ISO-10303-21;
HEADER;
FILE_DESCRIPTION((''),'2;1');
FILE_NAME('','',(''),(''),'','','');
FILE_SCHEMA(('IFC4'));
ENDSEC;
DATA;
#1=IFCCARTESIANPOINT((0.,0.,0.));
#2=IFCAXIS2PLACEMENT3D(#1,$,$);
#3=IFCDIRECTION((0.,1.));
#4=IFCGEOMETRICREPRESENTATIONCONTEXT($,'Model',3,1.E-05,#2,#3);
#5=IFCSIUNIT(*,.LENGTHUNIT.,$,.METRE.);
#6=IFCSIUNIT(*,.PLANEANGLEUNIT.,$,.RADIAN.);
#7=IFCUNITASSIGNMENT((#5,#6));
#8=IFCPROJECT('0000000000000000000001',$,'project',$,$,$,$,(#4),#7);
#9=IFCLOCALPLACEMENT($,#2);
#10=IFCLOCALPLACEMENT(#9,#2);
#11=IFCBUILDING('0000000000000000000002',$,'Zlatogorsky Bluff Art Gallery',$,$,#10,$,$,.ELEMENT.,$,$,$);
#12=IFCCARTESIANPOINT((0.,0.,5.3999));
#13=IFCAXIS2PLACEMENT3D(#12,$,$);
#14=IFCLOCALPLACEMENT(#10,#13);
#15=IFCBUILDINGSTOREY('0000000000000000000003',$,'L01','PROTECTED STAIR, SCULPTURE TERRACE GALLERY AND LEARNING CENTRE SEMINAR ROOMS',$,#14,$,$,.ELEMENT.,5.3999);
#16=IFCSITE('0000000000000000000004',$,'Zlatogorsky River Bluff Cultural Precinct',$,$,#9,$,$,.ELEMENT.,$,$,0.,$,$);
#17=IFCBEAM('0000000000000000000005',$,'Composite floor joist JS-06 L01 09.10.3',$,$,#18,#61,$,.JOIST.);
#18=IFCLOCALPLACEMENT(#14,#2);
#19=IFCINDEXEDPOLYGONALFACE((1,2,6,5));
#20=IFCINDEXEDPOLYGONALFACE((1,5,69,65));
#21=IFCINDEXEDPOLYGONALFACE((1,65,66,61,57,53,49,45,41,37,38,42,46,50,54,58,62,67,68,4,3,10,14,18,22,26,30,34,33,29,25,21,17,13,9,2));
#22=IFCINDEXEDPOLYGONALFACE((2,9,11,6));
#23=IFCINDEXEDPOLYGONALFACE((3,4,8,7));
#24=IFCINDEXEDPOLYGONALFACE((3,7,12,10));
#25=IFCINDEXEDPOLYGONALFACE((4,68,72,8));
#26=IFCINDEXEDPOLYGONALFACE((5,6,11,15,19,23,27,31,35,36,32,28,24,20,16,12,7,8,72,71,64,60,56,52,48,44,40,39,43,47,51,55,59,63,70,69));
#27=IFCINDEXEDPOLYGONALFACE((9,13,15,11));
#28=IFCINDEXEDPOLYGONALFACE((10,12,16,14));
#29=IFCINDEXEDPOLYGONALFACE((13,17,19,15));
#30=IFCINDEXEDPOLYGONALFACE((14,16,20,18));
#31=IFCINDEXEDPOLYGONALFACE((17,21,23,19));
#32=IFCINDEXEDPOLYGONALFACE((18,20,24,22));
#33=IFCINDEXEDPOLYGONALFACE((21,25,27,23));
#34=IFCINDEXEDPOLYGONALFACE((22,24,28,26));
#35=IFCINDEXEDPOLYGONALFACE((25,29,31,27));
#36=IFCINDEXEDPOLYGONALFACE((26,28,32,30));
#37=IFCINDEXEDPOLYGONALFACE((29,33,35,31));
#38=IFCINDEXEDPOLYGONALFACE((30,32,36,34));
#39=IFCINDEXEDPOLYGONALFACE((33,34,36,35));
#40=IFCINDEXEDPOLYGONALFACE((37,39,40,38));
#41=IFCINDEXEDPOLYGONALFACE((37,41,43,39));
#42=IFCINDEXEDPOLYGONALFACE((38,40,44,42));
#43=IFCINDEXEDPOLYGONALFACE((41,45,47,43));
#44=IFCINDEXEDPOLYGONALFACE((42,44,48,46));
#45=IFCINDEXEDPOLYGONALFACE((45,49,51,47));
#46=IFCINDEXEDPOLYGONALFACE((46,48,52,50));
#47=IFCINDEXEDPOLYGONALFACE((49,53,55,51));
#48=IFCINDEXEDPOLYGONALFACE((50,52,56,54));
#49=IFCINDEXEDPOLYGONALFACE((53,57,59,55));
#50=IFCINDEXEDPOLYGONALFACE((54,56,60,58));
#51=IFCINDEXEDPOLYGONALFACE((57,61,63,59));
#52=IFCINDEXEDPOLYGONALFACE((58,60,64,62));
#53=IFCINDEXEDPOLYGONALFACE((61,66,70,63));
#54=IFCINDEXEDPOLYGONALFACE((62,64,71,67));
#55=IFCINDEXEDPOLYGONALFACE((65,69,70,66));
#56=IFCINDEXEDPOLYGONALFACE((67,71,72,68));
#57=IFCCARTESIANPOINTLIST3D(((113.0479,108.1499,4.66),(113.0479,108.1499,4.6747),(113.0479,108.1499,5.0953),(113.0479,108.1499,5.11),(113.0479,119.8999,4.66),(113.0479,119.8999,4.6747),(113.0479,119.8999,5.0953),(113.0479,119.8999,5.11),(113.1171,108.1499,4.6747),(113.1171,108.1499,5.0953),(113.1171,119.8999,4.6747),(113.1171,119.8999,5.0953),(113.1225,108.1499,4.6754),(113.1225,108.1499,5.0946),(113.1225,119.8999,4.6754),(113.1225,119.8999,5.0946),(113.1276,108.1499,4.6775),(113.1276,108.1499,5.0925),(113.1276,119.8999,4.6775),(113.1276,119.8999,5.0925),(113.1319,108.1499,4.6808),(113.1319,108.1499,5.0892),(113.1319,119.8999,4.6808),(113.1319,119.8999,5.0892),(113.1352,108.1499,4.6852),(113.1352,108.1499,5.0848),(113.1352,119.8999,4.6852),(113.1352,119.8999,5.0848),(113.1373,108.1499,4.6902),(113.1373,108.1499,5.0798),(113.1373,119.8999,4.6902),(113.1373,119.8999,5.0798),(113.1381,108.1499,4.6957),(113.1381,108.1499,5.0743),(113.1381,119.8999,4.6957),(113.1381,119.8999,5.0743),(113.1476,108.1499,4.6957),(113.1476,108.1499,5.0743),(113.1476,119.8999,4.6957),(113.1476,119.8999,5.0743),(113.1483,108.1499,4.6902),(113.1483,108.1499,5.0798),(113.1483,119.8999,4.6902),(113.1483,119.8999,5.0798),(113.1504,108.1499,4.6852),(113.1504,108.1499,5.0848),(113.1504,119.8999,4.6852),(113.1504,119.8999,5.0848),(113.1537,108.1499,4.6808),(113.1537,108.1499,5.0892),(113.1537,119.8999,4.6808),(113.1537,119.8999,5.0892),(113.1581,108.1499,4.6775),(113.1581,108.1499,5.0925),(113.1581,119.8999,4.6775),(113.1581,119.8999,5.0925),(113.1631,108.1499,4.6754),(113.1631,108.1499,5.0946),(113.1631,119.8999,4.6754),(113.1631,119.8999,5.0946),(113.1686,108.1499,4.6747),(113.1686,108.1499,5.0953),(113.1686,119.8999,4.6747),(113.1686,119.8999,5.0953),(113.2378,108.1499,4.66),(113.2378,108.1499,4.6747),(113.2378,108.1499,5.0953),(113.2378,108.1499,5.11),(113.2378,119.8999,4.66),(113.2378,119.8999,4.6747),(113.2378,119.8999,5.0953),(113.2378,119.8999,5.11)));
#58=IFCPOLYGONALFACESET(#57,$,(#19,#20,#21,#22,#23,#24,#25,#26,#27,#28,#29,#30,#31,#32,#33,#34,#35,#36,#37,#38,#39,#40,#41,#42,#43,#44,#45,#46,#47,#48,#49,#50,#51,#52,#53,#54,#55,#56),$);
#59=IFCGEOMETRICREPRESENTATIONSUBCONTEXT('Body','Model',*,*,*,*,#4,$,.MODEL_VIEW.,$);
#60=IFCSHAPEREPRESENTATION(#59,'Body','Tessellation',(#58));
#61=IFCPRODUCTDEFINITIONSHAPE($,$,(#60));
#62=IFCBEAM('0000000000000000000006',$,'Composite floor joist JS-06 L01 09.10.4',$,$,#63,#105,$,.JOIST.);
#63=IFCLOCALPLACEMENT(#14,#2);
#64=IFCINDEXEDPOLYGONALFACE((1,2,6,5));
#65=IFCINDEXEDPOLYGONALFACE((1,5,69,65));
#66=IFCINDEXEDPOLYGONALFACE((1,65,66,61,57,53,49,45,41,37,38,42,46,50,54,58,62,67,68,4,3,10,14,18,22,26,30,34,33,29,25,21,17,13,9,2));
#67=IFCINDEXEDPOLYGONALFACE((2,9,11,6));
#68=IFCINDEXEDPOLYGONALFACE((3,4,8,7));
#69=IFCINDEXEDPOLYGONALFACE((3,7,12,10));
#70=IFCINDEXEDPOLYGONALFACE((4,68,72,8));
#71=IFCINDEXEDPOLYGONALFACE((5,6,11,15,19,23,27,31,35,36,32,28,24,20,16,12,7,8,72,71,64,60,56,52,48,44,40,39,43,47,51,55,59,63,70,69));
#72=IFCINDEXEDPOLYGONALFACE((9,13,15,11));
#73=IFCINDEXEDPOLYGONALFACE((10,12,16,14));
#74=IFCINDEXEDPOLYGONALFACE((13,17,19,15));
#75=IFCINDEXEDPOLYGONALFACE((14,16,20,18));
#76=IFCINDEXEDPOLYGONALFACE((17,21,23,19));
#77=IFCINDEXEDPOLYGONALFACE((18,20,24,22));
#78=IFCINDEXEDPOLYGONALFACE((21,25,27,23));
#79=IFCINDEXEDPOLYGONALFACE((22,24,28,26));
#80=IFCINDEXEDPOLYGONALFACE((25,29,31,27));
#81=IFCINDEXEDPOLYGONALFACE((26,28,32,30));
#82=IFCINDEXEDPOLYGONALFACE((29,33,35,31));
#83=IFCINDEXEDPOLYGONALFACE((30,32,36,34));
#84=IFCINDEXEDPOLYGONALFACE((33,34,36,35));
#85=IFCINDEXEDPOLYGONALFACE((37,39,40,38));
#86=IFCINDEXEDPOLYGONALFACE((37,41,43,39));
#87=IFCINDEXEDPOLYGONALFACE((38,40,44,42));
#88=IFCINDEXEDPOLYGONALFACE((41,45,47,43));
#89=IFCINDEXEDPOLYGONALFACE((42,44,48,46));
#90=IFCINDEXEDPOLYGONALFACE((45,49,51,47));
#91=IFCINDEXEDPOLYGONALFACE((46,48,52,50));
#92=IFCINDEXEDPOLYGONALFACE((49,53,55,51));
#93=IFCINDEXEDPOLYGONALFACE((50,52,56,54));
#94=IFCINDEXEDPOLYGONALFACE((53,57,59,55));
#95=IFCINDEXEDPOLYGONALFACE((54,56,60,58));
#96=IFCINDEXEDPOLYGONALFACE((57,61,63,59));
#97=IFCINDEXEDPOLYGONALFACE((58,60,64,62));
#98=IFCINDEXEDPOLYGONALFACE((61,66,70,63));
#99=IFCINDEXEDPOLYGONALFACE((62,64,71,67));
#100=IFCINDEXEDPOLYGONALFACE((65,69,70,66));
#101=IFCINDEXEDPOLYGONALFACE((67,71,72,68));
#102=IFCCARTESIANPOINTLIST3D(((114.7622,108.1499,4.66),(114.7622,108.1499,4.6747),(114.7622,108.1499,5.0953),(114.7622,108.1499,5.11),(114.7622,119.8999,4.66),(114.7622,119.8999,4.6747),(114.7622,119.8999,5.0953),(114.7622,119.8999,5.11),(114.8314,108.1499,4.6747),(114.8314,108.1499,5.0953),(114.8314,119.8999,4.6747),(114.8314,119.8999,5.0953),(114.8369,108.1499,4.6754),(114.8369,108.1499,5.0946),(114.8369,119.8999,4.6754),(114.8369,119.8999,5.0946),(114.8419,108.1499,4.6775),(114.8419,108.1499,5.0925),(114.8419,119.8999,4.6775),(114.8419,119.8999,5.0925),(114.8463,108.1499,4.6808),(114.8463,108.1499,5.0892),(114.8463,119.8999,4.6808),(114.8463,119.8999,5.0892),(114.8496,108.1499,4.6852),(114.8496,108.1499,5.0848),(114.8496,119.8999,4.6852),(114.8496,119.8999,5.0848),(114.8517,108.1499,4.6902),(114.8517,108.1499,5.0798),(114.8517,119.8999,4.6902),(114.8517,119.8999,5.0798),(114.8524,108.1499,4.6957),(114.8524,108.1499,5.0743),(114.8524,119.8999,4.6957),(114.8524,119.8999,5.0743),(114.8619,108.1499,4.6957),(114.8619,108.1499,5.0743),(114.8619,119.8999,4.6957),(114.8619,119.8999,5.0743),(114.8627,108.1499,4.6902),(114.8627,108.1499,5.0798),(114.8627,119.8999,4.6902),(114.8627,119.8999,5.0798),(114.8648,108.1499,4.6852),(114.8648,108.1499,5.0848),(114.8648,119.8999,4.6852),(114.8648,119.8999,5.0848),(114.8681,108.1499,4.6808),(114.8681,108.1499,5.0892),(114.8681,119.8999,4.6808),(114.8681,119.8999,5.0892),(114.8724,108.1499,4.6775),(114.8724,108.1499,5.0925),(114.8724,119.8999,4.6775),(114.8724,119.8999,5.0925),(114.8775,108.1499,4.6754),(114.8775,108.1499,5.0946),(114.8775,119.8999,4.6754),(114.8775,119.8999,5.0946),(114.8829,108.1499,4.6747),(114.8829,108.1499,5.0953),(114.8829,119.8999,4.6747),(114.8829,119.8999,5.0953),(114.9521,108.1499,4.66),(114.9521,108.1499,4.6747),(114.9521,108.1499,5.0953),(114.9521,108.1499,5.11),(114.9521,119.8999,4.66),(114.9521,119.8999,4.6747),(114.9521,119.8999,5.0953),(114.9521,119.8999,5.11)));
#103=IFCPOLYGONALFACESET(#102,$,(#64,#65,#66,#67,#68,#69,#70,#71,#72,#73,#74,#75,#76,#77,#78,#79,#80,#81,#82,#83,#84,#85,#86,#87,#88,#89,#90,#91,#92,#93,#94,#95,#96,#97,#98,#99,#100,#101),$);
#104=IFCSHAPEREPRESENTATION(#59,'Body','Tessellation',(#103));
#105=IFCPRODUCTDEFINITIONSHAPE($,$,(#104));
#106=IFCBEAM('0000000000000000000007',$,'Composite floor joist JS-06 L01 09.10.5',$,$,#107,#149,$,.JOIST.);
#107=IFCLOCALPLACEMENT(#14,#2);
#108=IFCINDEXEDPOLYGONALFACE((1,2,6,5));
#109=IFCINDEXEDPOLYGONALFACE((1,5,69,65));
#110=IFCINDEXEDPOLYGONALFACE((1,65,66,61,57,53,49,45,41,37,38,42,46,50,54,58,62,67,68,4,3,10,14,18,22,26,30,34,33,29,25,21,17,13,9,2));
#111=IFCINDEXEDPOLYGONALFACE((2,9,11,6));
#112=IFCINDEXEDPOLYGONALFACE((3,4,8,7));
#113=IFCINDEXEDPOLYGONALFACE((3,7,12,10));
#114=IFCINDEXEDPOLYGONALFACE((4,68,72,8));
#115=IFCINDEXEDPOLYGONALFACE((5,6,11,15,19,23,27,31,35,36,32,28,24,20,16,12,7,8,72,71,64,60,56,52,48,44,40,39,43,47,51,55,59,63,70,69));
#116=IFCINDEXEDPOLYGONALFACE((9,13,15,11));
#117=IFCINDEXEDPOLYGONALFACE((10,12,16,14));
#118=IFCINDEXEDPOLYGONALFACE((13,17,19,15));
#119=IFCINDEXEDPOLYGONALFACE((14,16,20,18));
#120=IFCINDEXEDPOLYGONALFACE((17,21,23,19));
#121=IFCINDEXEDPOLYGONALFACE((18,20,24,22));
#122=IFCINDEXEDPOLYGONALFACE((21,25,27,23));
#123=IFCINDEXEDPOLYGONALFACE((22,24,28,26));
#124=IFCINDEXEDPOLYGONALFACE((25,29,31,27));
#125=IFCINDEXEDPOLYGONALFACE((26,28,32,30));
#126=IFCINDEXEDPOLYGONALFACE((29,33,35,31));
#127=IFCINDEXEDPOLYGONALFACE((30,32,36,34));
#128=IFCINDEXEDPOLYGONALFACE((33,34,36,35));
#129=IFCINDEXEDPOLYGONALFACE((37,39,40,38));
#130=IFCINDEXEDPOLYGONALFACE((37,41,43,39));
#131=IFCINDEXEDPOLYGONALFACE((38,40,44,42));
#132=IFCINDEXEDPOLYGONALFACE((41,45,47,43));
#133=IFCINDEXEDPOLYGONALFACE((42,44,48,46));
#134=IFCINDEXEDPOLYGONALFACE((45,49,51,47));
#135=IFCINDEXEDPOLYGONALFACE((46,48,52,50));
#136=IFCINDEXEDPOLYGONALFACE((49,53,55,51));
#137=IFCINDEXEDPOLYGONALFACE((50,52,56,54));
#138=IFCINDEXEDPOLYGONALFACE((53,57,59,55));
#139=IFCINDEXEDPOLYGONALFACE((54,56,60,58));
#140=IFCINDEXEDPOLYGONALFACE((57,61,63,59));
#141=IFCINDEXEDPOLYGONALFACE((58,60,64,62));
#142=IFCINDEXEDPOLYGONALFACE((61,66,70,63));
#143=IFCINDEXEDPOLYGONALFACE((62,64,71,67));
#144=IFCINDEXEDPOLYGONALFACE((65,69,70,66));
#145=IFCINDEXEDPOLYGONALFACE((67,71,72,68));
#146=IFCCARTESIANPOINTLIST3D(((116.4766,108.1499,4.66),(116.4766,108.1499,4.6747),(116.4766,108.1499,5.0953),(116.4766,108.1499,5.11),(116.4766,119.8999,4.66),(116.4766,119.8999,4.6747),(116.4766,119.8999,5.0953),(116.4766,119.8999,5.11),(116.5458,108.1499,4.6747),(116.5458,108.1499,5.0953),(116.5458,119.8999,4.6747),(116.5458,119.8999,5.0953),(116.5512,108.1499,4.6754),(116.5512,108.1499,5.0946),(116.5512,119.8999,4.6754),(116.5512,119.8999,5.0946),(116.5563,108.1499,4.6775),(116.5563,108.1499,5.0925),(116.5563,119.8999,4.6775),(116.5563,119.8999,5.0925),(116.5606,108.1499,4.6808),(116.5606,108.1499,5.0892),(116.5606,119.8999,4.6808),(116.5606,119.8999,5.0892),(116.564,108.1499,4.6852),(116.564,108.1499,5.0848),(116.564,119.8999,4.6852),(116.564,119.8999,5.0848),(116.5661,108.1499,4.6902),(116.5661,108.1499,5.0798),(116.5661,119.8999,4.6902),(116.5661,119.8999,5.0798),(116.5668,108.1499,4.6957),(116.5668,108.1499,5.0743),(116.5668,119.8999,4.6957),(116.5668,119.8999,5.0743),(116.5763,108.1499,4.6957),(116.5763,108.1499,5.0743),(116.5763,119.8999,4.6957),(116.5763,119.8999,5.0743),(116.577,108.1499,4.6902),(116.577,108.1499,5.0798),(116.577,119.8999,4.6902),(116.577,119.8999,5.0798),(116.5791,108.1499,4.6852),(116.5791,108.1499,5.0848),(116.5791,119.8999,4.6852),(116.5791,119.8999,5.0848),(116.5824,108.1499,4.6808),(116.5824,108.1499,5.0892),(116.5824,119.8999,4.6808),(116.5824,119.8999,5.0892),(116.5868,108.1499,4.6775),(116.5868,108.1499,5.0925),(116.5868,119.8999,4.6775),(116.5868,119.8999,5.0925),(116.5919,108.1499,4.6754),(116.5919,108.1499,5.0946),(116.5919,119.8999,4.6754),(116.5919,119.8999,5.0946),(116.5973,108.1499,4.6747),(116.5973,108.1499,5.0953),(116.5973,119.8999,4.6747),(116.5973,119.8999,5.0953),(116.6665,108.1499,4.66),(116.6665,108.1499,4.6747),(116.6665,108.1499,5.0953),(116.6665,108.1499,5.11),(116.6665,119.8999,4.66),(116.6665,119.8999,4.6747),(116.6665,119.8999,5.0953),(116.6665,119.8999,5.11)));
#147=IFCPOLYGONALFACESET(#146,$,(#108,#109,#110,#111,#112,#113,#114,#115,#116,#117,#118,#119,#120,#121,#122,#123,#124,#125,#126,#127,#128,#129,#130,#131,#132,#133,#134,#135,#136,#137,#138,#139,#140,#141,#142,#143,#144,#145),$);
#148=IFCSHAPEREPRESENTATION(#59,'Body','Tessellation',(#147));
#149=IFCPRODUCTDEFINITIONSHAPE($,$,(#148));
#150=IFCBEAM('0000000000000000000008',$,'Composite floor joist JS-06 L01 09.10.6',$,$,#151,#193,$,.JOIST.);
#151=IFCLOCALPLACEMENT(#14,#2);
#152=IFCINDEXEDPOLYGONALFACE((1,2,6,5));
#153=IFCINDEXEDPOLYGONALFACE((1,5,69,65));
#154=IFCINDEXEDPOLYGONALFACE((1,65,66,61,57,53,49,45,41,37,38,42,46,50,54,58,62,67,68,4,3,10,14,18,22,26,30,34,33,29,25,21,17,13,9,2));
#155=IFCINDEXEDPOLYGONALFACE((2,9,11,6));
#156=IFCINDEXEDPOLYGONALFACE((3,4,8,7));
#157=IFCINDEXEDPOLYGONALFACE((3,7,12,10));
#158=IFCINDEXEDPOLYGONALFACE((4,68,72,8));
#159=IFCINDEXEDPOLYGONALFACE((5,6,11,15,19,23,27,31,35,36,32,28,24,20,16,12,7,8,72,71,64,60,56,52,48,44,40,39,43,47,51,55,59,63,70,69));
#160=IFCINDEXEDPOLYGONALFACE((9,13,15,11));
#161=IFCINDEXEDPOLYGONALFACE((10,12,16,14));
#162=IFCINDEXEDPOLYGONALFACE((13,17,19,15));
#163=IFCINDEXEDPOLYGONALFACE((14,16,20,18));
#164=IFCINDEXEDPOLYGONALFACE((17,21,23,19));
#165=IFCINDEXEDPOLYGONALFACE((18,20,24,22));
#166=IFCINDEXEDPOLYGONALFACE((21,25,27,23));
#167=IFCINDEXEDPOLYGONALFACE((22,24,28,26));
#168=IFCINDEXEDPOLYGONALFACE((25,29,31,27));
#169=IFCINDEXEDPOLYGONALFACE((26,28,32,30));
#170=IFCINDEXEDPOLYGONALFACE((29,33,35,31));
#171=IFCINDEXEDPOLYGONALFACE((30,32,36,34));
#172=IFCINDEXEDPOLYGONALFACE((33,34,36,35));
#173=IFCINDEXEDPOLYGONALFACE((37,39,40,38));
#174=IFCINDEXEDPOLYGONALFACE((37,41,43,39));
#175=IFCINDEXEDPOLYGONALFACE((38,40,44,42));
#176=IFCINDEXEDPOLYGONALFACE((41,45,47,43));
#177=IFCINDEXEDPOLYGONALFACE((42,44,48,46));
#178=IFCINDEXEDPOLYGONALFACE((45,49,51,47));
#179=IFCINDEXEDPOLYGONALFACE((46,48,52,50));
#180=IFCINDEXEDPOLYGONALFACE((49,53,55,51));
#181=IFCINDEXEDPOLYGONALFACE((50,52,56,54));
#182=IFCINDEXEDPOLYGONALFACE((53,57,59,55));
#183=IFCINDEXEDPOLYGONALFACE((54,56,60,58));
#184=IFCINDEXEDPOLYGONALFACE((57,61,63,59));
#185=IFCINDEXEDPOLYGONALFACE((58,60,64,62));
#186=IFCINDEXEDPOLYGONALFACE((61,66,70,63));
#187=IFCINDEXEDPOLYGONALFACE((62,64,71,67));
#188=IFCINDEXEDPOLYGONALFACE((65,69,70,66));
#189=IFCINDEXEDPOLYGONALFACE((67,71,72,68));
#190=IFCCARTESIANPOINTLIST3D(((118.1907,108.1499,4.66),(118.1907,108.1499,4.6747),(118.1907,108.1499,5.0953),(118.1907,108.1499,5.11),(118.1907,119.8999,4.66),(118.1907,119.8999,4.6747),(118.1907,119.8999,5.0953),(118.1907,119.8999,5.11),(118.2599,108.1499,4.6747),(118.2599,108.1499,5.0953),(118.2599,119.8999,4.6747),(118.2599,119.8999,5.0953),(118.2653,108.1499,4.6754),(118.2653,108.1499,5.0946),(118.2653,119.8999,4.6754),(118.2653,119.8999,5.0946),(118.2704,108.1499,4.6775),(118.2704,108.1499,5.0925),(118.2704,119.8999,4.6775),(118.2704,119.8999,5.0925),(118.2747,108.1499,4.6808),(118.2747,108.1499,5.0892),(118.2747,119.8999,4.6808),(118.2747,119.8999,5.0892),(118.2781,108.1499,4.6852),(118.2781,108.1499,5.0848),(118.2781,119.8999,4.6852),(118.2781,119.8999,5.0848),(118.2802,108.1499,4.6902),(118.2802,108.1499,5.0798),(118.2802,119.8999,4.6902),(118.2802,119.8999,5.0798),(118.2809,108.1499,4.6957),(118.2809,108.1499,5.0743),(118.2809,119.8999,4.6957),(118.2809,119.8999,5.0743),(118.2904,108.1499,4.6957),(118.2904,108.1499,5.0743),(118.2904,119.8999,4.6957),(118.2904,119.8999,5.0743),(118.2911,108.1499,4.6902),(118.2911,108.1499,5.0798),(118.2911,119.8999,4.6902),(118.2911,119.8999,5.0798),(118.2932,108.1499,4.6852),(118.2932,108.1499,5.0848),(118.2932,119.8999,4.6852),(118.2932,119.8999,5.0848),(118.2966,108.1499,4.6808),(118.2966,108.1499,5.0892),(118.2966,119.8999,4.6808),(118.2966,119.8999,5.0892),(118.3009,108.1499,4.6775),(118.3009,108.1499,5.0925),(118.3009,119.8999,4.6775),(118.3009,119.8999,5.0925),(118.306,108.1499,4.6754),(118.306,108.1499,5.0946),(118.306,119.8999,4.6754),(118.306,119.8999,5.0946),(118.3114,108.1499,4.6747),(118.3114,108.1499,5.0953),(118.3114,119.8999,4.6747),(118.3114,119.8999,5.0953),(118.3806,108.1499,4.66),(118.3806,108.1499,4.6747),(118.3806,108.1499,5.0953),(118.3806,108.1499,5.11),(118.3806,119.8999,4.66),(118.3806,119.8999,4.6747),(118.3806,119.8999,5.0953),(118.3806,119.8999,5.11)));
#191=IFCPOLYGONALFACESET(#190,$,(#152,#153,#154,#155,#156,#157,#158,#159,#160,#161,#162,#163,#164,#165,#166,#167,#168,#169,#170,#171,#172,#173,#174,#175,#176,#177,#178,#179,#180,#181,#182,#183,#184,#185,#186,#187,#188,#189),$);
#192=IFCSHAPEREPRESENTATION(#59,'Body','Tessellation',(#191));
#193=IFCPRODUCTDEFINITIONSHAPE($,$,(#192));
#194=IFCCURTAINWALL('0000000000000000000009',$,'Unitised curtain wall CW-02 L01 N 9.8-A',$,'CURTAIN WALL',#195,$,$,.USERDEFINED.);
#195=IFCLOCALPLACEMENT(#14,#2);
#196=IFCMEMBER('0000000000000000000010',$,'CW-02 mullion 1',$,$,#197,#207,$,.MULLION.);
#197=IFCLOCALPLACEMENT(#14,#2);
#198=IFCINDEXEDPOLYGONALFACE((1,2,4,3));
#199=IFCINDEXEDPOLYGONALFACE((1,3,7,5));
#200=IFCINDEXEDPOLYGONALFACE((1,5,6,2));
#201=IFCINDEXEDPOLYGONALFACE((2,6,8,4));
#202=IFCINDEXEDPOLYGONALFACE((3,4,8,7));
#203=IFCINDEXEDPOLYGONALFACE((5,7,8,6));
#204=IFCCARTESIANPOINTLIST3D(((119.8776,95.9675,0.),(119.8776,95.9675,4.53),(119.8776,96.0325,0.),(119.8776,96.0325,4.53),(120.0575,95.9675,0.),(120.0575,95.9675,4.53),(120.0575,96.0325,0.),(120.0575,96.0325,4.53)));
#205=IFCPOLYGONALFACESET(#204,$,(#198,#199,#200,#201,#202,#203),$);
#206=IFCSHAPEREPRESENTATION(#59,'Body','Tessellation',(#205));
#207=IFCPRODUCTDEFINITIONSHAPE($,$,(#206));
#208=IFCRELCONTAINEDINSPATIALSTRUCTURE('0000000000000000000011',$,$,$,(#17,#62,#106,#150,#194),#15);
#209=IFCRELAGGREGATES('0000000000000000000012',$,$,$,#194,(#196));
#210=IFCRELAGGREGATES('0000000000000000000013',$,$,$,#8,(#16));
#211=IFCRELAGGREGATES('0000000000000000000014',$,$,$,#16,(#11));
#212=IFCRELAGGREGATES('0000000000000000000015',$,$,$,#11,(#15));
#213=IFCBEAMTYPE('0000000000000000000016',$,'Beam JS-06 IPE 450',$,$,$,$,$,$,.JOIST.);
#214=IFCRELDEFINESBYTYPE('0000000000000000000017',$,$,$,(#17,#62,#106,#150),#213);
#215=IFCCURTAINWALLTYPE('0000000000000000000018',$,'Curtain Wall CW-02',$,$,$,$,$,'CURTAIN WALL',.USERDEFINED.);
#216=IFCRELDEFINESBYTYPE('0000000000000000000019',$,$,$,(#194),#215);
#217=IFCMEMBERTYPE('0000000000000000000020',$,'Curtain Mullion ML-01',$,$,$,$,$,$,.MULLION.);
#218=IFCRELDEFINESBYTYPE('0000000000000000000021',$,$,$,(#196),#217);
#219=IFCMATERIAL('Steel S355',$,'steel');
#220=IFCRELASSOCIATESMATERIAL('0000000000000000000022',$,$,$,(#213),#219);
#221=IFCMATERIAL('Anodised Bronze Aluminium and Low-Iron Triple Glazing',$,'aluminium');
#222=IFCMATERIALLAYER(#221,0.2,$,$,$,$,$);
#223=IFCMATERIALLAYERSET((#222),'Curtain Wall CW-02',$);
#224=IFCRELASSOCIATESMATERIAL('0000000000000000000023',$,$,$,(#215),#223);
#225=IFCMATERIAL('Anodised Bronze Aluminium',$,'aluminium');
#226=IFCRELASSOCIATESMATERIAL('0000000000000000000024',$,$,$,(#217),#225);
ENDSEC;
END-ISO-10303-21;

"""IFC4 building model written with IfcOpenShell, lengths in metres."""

from ifc_helpers import new_model, si_unit, direction, frame, origin, origin_2d, place, context, subcontext, project, spatial, rectangle, i_section, extrude, material, layer, layer_set, material_profile, profile_set, type_object, element, aggregate, save


model = new_model("IFC4")

# Units and contexts
model_context = context("Model", 3, precision=1e-05, world=origin(), true_north=direction((0.0, 1.0)))
body_context = subcontext(model_context, "Body", "Model", "MODEL_VIEW")
ifc_project = project(units=[si_unit("LENGTHUNIT", "METRE"), si_unit("PLANEANGLEUNIT", "RADIAN")], contexts=[model_context])

# Site, building, storey
site_placement = place(None, origin())
site = spatial("IfcSite", under=ifc_project, at=site_placement, Name="Zlatogorsky River Bluff Cultural Precinct", CompositionType="ELEMENT", RefElevation=0.0)
building_placement = place(site_placement, origin())
building = spatial("IfcBuilding", under=site, at=building_placement, Name="Zlatogorsky Bluff Art Gallery", CompositionType="ELEMENT")
storey_placement = place(building_placement, frame((0.0, 0.0, 5.3999)))
storey = spatial("IfcBuildingStorey", under=building, at=storey_placement, Name="L01", Description="PROTECTED STAIR, SCULPTURE TERRACE GALLERY AND LEARNING CENTRE SEMINAR ROOMS", CompositionType="ELEMENT", Elevation=5.3999)

# Beams
ifc_material_1 = material(Name="Steel S355", Category="steel")
ifc_material_profile_1 = material_profile(ifc_material_1, i_section(OverallWidth=0.1899, OverallDepth=0.45, WebThickness=0.0095, FlangeThickness=0.0146, FilletRadius=0.021, at=origin_2d()), Name="IPE 450")
ifc_profile_set_1 = profile_set([ifc_material_profile_1], Name="Steel S355")
beam_type = type_object("IfcBeamType", Name="Beam JS-06 IPE 450", PredefinedType="JOIST", material=ifc_profile_set_1)
for number, where, z_axis, x_axis, name in (
    (1, (113.1428, 108.1499, 4.885), (0.0, 1.0, 0.0), (-1.0, 0.0, 0.0), "Composite floor joist JS-06 L01 09.10.3"),
    (2, (114.8572, 108.1499, 4.885), (0.0, 1.0, 0.0), (-1.0, 0.0, 0.0), "Composite floor joist JS-06 L01 09.10.4"),
    (3, (116.5715, 108.1499, 4.885), (0.0, 1.0, 0.0), (-1.0, 0.0, 0.0), "Composite floor joist JS-06 L01 09.10.5"),
    (4, (118.2856, 108.1499, 4.885), (0.0, 1.0, 0.0), (-1.0, 0.0, 0.0), "Composite floor joist JS-06 L01 09.10.6"),
):
    element("IfcBeam", number, at=place(storey_placement, frame(where, z_axis=z_axis, x_axis=x_axis)), inside=storey, type_object=beam_type, Name=name, PredefinedType="JOIST", context=body_context, shape_type="SweptSolid", body=[
        extrude(i_section(OverallWidth=0.1899, OverallDepth=0.45, WebThickness=0.0095, FlangeThickness=0.0146, FilletRadius=0.021, at=origin_2d()), origin(), (0.0, 0.0, 1.0), 11.75),
    ])

# Curtain wall, member
ifc_material_2 = material(Name="Anodised Bronze Aluminium and Low-Iron Triple Glazing", Category="aluminium")
ifc_layer_1 = layer(ifc_material_2, 0.2)
ifc_layer_set_1 = layer_set([ifc_layer_1], Name="Curtain Wall CW-02")
curtain_wall_type = type_object("IfcCurtainWallType", Name="Curtain Wall CW-02", ElementType="CURTAIN WALL", PredefinedType="USERDEFINED", material=ifc_layer_set_1)
curtain_wall_placement = place(storey_placement, origin())
curtain_wall = element("IfcCurtainWall", 5, at=curtain_wall_placement, inside=storey, type_object=curtain_wall_type, Name="Unitised curtain wall CW-02 L01 N 9.8-A", ObjectType="CURTAIN WALL", PredefinedType="USERDEFINED")
ifc_material_3 = material(Name="Anodised Bronze Aluminium", Category="aluminium")
ifc_material_profile_2 = material_profile(ifc_material_3, rectangle(XDim=0.0649, YDim=0.1799, at=origin_2d()), Name="ALU MULLION 65x180")
ifc_profile_set_2 = profile_set([ifc_material_profile_2], Name="Anodised Bronze Aluminium")
member_type_1 = type_object("IfcMemberType", Name="Curtain Mullion ML-01", PredefinedType="MULLION", material=ifc_profile_set_2)
member_1_placement = place(storey_placement, frame((119.9675, 96.0, 0.0), z_axis=(0.0, 0.0, 1.0), x_axis=(0.0, -1.0, 0.0)))
member_1 = element("IfcMember", 6, at=member_1_placement, type_object=member_type_1, Name="CW-02 mullion 1", PredefinedType="MULLION", context=body_context, shape_type="SweptSolid", body=[
    extrude(rectangle(XDim=0.0649, YDim=0.1799, at=origin_2d()), origin(), (0.0, 0.0, 1.0), 4.53),
])
aggregate(curtain_wall, [member_1])

save(model, "model.ifc")
